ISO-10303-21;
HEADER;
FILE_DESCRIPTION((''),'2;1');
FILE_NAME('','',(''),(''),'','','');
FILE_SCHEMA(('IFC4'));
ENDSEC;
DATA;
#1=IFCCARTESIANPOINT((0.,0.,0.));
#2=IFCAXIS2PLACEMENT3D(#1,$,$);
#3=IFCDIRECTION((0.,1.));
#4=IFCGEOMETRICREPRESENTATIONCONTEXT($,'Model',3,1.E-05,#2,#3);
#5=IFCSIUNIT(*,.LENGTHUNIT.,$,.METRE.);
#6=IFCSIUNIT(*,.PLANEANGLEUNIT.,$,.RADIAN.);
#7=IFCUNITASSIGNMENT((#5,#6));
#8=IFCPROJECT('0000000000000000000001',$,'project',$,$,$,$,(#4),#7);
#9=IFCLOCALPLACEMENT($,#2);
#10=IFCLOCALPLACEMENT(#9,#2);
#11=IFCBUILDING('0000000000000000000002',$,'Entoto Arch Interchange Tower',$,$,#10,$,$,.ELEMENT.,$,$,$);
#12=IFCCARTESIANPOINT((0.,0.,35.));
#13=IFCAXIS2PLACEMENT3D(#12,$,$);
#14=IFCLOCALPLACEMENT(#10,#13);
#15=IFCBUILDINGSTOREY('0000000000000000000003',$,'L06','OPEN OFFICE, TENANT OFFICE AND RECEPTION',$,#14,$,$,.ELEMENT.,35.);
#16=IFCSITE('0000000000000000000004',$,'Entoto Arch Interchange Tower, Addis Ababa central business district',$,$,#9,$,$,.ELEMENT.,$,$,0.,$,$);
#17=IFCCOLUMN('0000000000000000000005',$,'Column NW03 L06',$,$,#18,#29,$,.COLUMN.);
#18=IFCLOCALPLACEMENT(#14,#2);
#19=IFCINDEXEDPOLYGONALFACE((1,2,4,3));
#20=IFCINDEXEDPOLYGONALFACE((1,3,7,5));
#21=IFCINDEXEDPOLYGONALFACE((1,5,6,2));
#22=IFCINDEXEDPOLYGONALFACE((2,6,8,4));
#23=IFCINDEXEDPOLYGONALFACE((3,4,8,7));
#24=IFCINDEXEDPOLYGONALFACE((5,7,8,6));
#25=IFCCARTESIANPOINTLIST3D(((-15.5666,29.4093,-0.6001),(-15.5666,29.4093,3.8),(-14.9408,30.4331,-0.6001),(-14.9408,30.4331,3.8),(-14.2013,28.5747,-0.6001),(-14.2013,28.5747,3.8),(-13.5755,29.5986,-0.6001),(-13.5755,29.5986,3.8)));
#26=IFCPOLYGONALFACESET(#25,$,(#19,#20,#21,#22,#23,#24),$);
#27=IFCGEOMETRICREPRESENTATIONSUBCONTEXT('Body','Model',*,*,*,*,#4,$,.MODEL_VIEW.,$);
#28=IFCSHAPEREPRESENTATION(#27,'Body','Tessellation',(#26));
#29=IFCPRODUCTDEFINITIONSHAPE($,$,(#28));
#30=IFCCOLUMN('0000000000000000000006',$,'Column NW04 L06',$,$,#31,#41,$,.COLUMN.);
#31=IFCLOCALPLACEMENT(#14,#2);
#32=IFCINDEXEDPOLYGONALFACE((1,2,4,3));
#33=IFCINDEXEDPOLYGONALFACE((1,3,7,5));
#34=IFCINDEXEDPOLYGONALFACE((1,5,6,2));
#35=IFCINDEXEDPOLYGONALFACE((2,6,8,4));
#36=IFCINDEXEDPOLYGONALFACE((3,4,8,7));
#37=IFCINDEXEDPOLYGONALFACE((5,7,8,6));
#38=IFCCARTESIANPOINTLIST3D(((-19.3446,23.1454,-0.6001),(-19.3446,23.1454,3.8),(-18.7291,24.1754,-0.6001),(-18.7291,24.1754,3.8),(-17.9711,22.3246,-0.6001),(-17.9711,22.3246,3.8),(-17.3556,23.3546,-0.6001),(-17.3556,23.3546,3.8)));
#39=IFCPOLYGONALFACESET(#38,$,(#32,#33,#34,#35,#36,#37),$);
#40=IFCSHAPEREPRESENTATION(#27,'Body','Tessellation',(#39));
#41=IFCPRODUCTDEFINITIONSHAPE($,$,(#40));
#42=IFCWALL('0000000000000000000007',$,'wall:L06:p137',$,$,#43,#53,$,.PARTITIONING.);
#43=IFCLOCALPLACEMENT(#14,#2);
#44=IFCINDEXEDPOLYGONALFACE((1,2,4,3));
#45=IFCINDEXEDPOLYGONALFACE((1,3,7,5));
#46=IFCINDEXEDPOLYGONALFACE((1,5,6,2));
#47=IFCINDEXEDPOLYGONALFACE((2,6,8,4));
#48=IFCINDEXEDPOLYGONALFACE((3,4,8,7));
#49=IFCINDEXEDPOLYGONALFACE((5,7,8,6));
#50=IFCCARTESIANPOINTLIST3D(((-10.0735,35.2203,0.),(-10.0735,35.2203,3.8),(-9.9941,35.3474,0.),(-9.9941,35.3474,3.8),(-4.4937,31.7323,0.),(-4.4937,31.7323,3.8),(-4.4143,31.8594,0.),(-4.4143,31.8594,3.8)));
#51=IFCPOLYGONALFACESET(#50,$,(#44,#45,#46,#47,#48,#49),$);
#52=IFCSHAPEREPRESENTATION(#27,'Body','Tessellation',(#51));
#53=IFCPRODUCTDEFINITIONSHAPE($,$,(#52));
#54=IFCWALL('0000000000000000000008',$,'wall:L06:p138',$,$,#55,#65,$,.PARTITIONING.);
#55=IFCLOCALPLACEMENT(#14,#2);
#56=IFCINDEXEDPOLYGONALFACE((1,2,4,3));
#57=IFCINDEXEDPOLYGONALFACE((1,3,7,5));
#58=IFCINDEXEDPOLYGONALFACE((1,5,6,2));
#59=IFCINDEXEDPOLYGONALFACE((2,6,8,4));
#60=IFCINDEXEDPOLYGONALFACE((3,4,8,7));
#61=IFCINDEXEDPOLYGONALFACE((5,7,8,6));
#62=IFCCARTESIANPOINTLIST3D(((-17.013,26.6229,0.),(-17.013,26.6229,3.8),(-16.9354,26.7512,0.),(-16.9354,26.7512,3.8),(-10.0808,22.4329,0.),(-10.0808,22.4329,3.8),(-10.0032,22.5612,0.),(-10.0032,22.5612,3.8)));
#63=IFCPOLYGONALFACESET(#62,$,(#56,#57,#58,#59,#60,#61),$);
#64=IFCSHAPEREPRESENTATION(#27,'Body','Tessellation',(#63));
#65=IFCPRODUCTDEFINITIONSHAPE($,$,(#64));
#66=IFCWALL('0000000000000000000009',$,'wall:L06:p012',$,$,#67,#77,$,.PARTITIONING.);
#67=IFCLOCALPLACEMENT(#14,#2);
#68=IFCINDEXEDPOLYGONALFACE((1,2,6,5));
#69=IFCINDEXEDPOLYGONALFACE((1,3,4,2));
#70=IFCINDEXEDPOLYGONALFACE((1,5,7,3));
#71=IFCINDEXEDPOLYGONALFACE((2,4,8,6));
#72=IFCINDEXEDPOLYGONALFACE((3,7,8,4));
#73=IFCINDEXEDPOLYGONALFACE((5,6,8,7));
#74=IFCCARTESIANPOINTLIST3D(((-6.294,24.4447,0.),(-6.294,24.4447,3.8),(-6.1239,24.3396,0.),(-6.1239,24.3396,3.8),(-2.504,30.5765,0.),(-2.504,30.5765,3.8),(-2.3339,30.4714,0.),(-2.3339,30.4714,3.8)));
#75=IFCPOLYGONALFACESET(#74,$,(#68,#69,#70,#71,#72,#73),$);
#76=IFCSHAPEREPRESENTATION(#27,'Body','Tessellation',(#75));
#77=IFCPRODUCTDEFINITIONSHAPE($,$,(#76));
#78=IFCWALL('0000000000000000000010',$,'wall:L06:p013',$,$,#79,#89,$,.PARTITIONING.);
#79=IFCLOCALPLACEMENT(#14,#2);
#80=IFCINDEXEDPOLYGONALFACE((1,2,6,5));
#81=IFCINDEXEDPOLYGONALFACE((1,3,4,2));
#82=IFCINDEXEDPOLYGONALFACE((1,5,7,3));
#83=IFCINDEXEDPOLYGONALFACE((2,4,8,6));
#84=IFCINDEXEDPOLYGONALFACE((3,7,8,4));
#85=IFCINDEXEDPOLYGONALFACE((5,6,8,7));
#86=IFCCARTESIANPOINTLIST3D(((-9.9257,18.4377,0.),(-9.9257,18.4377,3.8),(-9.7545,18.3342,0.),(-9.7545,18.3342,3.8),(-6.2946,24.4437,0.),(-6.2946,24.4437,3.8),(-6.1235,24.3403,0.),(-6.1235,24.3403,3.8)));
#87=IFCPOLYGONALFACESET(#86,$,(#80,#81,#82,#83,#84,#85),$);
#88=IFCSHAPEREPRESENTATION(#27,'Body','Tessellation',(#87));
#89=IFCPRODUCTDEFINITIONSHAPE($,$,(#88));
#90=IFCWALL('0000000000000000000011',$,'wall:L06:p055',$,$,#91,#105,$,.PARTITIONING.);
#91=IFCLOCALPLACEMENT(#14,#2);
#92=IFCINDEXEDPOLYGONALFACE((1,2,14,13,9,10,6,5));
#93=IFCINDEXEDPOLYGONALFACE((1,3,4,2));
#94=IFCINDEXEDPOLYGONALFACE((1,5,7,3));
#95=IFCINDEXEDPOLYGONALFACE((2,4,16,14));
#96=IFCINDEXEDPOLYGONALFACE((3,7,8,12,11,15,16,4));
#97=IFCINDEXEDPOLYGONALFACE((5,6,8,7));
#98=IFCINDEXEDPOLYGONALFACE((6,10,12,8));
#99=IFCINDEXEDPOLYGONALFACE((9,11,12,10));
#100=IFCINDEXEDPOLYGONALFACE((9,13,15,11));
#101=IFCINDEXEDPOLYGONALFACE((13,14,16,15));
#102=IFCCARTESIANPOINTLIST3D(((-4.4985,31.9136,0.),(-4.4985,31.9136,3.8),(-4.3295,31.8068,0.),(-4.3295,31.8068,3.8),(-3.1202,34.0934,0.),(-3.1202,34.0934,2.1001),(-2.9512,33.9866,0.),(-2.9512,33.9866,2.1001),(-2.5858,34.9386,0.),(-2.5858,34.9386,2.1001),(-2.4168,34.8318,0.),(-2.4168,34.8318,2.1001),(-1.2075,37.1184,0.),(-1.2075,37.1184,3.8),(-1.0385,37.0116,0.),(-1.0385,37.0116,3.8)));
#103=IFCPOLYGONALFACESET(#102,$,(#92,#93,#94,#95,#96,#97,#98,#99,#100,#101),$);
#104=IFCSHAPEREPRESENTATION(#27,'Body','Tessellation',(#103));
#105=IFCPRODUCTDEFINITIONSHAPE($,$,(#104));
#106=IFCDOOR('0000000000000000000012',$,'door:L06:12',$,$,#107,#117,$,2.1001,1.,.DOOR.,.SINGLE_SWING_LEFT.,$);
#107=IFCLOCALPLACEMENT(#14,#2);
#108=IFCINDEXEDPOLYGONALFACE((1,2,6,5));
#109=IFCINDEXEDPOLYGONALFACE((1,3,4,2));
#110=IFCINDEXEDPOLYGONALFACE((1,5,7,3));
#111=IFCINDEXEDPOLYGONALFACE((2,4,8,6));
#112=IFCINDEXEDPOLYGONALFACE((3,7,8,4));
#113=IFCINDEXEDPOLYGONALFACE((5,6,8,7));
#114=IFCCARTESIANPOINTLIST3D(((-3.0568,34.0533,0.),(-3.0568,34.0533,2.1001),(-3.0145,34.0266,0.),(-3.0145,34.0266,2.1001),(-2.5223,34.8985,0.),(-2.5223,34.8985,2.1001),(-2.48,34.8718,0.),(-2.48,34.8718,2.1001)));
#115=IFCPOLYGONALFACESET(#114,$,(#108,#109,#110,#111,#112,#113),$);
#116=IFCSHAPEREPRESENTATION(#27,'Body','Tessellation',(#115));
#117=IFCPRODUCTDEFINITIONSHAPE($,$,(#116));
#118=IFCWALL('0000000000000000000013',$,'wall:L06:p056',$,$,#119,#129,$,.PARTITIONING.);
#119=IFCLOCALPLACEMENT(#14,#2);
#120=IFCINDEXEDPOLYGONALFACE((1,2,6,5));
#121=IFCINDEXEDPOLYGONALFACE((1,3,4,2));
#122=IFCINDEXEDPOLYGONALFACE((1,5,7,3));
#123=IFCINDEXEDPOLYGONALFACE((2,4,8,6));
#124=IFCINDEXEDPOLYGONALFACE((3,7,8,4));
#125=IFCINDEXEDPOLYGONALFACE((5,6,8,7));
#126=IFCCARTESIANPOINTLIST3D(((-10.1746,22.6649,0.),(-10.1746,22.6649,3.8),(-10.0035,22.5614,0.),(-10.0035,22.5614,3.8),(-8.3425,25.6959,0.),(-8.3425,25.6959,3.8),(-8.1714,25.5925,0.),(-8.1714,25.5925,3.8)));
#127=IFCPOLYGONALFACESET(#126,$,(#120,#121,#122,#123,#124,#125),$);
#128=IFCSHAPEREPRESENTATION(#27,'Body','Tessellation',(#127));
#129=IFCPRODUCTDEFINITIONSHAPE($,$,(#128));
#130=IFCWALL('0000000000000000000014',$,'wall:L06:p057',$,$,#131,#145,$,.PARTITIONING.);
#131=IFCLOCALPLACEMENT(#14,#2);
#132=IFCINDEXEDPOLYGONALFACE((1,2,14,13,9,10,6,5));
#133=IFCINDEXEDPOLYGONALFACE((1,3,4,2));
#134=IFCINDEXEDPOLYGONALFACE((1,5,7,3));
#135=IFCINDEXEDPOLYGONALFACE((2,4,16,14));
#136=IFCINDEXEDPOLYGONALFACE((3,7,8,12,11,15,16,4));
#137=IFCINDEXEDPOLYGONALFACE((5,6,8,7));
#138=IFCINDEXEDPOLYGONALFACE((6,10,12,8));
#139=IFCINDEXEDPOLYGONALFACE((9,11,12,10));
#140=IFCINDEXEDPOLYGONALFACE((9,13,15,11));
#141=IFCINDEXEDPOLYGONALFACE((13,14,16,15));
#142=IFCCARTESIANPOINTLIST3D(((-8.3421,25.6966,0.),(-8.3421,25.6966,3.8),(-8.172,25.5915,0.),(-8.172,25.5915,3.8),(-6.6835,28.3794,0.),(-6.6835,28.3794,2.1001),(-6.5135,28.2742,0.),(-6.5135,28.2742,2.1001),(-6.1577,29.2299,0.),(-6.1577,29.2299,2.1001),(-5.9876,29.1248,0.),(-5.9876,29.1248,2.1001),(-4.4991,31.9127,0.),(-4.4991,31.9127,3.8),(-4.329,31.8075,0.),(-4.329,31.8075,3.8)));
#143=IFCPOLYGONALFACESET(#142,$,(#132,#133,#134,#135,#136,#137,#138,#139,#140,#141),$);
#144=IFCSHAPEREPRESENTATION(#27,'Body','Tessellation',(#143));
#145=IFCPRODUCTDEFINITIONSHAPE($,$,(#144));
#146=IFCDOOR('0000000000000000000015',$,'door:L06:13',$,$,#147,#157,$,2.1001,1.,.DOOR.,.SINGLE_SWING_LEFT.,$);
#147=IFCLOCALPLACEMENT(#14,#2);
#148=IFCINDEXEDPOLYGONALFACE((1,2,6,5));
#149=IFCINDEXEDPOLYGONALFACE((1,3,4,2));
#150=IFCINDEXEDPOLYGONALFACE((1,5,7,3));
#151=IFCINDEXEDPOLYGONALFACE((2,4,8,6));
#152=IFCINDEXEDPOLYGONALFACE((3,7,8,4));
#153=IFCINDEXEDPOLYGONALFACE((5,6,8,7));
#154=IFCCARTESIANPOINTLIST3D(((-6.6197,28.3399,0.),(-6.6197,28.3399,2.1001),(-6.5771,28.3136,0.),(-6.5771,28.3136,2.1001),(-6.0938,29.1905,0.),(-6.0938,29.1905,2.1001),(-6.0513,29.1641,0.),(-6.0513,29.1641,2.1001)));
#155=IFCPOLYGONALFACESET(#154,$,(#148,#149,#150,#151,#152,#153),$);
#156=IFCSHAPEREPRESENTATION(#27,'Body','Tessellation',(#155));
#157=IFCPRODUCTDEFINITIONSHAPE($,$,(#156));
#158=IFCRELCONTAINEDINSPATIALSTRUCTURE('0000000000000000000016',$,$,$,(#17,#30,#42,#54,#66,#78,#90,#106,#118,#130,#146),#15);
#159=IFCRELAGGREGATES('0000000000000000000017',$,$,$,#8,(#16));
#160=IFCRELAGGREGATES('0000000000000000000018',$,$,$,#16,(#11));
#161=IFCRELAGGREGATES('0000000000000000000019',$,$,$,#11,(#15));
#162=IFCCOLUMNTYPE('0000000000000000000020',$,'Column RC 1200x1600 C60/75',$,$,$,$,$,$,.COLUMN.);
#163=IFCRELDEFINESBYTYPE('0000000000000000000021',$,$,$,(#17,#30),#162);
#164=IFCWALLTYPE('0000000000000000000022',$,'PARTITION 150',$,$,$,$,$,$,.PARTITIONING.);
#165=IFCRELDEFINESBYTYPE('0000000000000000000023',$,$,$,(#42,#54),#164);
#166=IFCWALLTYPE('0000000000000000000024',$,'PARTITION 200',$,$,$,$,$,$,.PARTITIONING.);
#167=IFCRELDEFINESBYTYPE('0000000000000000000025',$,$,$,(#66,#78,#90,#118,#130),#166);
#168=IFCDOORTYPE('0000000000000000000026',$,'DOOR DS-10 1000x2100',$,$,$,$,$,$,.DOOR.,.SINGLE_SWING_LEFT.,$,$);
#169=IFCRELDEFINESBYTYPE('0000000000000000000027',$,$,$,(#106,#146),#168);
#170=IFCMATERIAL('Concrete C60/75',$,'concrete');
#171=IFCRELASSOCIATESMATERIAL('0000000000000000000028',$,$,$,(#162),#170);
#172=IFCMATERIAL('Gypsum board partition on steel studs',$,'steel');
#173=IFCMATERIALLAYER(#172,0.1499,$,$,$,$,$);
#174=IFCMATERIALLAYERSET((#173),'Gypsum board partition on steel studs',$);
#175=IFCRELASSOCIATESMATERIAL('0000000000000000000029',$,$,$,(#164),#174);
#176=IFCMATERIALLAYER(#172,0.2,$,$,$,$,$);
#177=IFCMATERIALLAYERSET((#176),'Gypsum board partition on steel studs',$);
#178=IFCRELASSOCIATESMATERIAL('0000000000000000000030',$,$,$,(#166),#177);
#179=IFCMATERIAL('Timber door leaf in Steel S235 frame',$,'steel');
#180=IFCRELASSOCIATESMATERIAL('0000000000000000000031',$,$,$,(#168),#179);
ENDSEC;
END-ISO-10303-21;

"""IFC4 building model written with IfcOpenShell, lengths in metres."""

from ifc_helpers import new_model, si_unit, direction, frame, frame_2d, origin, origin_2d, place, context, subcontext, project, spatial, rectangle, extrude, material, layer, layer_set, material_profile, profile_set, type_object, element, fill, save


model = new_model("IFC4")

# Units and contexts
model_context = context("Model", 3, precision=1e-05, world=origin(), true_north=direction((0.0, 1.0)))
body_context = subcontext(model_context, "Body", "Model", "MODEL_VIEW")
ifc_project = project(units=[si_unit("LENGTHUNIT", "METRE"), si_unit("PLANEANGLEUNIT", "RADIAN")], contexts=[model_context])

# Site, building, storey
site_placement = place(None, origin())
site = spatial("IfcSite", under=ifc_project, at=site_placement, Name="Entoto Arch Interchange Tower, Addis Ababa central business district", CompositionType="ELEMENT", RefElevation=0.0)
building_placement = place(site_placement, origin())
building = spatial("IfcBuilding", under=site, at=building_placement, Name="Entoto Arch Interchange Tower", CompositionType="ELEMENT")
storey_placement = place(building_placement, frame((0.0, 0.0, 35.0)))
storey = spatial("IfcBuildingStorey", under=building, at=storey_placement, Name="L06", Description="OPEN OFFICE, TENANT OFFICE AND RECEPTION", CompositionType="ELEMENT", Elevation=35.0)

# Columns
ifc_material_1 = material(Name="Concrete C60/75", Category="concrete")
ifc_material_profile = material_profile(ifc_material_1, rectangle(XDim=1.2, YDim=1.6001, at=origin_2d()))
ifc_profile_set = profile_set([ifc_material_profile], Name="Concrete C60/75")
column_type = type_object("IfcColumnType", Name="Column RC 1200x1600 C60/75", PredefinedType="COLUMN", material=ifc_profile_set)
for number, where, z_axis, x_axis, name in (
    (1, (-14.571, 29.5039, -0.6001), (0.0, 0.0, 1.0), (0.521546, 0.853223, 0.0), "Column NW03 L06"),
    (2, (-18.3501, 23.25, -0.6001), (0.0, 0.0, 1.0), (0.512972, 0.858405, 0.0), "Column NW04 L06"),
):
    element("IfcColumn", number, at=place(storey_placement, frame(where, z_axis=z_axis, x_axis=x_axis)), inside=storey, type_object=column_type, Name=name, PredefinedType="COLUMN", context=body_context, shape_type="SweptSolid", body=[
        extrude(rectangle(XDim=1.2, YDim=1.6001, at=origin_2d()), origin(), (0.0, 0.0, 1.0), 4.4001),
    ])

# Walls
ifc_material_2 = material(Name="Gypsum board partition on steel studs", Category="steel")
ifc_layer_1 = layer(ifc_material_2, 0.1499)
ifc_layer_set_1 = layer_set([ifc_layer_1], Name="Gypsum board partition on steel studs")
wall_type_1 = type_object("IfcWallType", Name="PARTITION 150", PredefinedType="PARTITIONING", material=ifc_layer_set_1)
wall_1_placement = place(storey_placement, frame((-4.4541, 31.7959, 0.0), z_axis=(0.0, 0.0, 1.0), x_axis=(-0.847955, 0.530069, 0.0)))
element("IfcWall", 3, at=wall_1_placement, inside=storey, type_object=wall_type_1, Name="wall:L06:p137", PredefinedType="PARTITIONING", context=body_context, shape_type="SweptSolid", body=[
    extrude(rectangle(XDim=6.5803, YDim=0.1499, at=frame_2d((3.29, 0.0))), origin(), (0.0, 0.0, 1.0), 3.8),
])
wall_2_placement = place(storey_placement, frame((-10.042, 22.4971, 0.0), z_axis=(0.0, 0.0, 1.0), x_axis=(-0.855818, 0.517277, 0.0)))
element("IfcWall", 4, at=wall_2_placement, inside=storey, type_object=wall_type_1, Name="wall:L06:p138", PredefinedType="PARTITIONING", context=body_context, shape_type="SweptSolid", body=[
    extrude(rectangle(XDim=8.1001, YDim=0.1499, at=frame_2d((4.05, 0.0))), origin(), (0.0, 0.0, 1.0), 3.8),
])
ifc_layer_2 = layer(ifc_material_2, 0.2)
ifc_layer_set_2 = layer_set([ifc_layer_2], Name="Gypsum board partition on steel studs")
wall_type_2 = type_object("IfcWallType", Name="PARTITION 200", PredefinedType="PARTITIONING", material=ifc_layer_set_2)
wall_3_placement = place(storey_placement, frame((-2.4189, 30.5239, 0.0), z_axis=(0.0, 0.0, 1.0), x_axis=(-0.525767, -0.850629, 0.0)))
element("IfcWall", 5, at=wall_3_placement, inside=storey, type_object=wall_type_2, Name="wall:L06:p012", PredefinedType="PARTITIONING", context=body_context, shape_type="SweptSolid", body=[
    extrude(rectangle(XDim=7.2085, YDim=0.2, at=frame_2d((3.6042, 0.0))), origin(), (0.0, 0.0, 1.0), 3.8),
])
wall_4_placement = place(storey_placement, frame((-6.209, 24.3921, 0.0), z_axis=(0.0, 0.0, 1.0), x_axis=(-0.517368, -0.855763, 0.0)))
element("IfcWall", 6, at=wall_4_placement, inside=storey, type_object=wall_type_2, Name="wall:L06:p013", PredefinedType="PARTITIONING", context=body_context, shape_type="SweptSolid", body=[
    extrude(rectangle(XDim=7.0183, YDim=0.2, at=frame_2d((3.5093, 0.0))), origin(), (0.0, 0.0, 1.0), 3.8),
])

# Wall, opening, door
wall_5_placement = place(storey_placement, frame((-4.4141, 31.8601, 0.0), z_axis=(0.0, 0.0, 1.0), x_axis=(0.534428, 0.845214, 0.0)))
wall_5 = element("IfcWall", 7, at=wall_5_placement, inside=storey, type_object=wall_type_2, Name="wall:L06:p055", PredefinedType="PARTITIONING", context=body_context, shape_type="SweptSolid", body=[
    extrude(rectangle(XDim=6.158, YDim=0.2, at=frame_2d((3.0791, 0.0))), origin(), (0.0, 0.0, 1.0), 3.8),
])
opening_1_placement = place(wall_5_placement, frame((2.5791, 0.0, 0.0)))
opening_1 = element("IfcOpeningElement", 8, at=opening_1_placement, cuts=wall_5, PredefinedType="OPENING", context=body_context, shape_type="SweptSolid", body=[
    extrude(rectangle(XDim=1.0, YDim=2.1001, at=frame_2d((0.5, 1.05))), frame((0.0, 0.1099, 0.0), z_axis=(0.0, -1.0, 0.0), x_axis=(1.0, 0.0, 0.0)), (0.0, 0.0, 1.0), 0.22),
])
ifc_material_3 = material(Name="Timber door leaf in Steel S235 frame", Category="steel")
door_type = type_object("IfcDoorType", Name="DOOR DS-10 1000x2100", OperationType="SINGLE_SWING_LEFT", PredefinedType="DOOR", material=ifc_material_3)
door_1_placement = place(opening_1_placement, origin())
door_1 = element("IfcDoor", 9, at=door_1_placement, inside=storey, type_object=door_type, Name="door:L06:12", OperationType="SINGLE_SWING_LEFT", OverallHeight=2.1001, OverallWidth=1.0, PredefinedType="DOOR", context=body_context, shape_type="SweptSolid", body=[
    extrude(rectangle(XDim=1.0, YDim=2.1001, at=frame_2d((0.5, 1.05))), frame((0.0, 0.0249, 0.0), z_axis=(0.0, -1.0, 0.0), x_axis=(1.0, 0.0, 0.0)), (0.0, 0.0, 1.0), 0.05),
])
fill(opening_1, door_1)

# Wall
wall_6_placement = place(storey_placement, frame((-10.0891, 22.613, 0.0), z_axis=(0.0, 0.0, 1.0), x_axis=(0.517281, 0.855816, 0.0)))
element("IfcWall", 10, at=wall_6_placement, inside=storey, type_object=wall_type_2, Name="wall:L06:p056", PredefinedType="PARTITIONING", context=body_context, shape_type="SweptSolid", body=[
    extrude(rectangle(XDim=3.5417, YDim=0.2, at=frame_2d((1.771, 0.0))), origin(), (0.0, 0.0, 1.0), 3.8),
])

# Wall, opening, door
wall_7_placement = place(storey_placement, frame((-8.2571, 25.644, 0.0), z_axis=(0.0, 0.0, 1.0), x_axis=(0.525858, 0.850573, 0.0)))
wall_7 = element("IfcWall", 11, at=wall_7_placement, inside=storey, type_object=wall_type_2, Name="wall:L06:p057", PredefinedType="PARTITIONING", context=body_context, shape_type="SweptSolid", body=[
    extrude(rectangle(XDim=7.3081, YDim=0.2, at=frame_2d((3.6541, 0.0))), origin(), (0.0, 0.0, 1.0), 3.8),
])
opening_2_placement = place(wall_7_placement, frame((3.1541, 0.0, 0.0)))
opening_2 = element("IfcOpeningElement", 12, at=opening_2_placement, cuts=wall_7, PredefinedType="OPENING", context=body_context, shape_type="SweptSolid", body=[
    extrude(rectangle(XDim=1.0, YDim=2.1001, at=frame_2d((0.5, 1.05))), frame((0.0, 0.1099, 0.0), z_axis=(0.0, -1.0, 0.0), x_axis=(1.0, 0.0, 0.0)), (0.0, 0.0, 1.0), 0.22),
])
door_2_placement = place(opening_2_placement, origin())
door_2 = element("IfcDoor", 13, at=door_2_placement, inside=storey, type_object=door_type, Name="door:L06:13", OperationType="SINGLE_SWING_LEFT", OverallHeight=2.1001, OverallWidth=1.0, PredefinedType="DOOR", context=body_context, shape_type="SweptSolid", body=[
    extrude(rectangle(XDim=1.0, YDim=2.1001, at=frame_2d((0.5, 1.05))), frame((0.0, 0.0249, 0.0), z_axis=(0.0, -1.0, 0.0), x_axis=(1.0, 0.0, 0.0)), (0.0, 0.0, 1.0), 0.05),
])
fill(opening_2, door_2)

save(model, "model.ifc")
